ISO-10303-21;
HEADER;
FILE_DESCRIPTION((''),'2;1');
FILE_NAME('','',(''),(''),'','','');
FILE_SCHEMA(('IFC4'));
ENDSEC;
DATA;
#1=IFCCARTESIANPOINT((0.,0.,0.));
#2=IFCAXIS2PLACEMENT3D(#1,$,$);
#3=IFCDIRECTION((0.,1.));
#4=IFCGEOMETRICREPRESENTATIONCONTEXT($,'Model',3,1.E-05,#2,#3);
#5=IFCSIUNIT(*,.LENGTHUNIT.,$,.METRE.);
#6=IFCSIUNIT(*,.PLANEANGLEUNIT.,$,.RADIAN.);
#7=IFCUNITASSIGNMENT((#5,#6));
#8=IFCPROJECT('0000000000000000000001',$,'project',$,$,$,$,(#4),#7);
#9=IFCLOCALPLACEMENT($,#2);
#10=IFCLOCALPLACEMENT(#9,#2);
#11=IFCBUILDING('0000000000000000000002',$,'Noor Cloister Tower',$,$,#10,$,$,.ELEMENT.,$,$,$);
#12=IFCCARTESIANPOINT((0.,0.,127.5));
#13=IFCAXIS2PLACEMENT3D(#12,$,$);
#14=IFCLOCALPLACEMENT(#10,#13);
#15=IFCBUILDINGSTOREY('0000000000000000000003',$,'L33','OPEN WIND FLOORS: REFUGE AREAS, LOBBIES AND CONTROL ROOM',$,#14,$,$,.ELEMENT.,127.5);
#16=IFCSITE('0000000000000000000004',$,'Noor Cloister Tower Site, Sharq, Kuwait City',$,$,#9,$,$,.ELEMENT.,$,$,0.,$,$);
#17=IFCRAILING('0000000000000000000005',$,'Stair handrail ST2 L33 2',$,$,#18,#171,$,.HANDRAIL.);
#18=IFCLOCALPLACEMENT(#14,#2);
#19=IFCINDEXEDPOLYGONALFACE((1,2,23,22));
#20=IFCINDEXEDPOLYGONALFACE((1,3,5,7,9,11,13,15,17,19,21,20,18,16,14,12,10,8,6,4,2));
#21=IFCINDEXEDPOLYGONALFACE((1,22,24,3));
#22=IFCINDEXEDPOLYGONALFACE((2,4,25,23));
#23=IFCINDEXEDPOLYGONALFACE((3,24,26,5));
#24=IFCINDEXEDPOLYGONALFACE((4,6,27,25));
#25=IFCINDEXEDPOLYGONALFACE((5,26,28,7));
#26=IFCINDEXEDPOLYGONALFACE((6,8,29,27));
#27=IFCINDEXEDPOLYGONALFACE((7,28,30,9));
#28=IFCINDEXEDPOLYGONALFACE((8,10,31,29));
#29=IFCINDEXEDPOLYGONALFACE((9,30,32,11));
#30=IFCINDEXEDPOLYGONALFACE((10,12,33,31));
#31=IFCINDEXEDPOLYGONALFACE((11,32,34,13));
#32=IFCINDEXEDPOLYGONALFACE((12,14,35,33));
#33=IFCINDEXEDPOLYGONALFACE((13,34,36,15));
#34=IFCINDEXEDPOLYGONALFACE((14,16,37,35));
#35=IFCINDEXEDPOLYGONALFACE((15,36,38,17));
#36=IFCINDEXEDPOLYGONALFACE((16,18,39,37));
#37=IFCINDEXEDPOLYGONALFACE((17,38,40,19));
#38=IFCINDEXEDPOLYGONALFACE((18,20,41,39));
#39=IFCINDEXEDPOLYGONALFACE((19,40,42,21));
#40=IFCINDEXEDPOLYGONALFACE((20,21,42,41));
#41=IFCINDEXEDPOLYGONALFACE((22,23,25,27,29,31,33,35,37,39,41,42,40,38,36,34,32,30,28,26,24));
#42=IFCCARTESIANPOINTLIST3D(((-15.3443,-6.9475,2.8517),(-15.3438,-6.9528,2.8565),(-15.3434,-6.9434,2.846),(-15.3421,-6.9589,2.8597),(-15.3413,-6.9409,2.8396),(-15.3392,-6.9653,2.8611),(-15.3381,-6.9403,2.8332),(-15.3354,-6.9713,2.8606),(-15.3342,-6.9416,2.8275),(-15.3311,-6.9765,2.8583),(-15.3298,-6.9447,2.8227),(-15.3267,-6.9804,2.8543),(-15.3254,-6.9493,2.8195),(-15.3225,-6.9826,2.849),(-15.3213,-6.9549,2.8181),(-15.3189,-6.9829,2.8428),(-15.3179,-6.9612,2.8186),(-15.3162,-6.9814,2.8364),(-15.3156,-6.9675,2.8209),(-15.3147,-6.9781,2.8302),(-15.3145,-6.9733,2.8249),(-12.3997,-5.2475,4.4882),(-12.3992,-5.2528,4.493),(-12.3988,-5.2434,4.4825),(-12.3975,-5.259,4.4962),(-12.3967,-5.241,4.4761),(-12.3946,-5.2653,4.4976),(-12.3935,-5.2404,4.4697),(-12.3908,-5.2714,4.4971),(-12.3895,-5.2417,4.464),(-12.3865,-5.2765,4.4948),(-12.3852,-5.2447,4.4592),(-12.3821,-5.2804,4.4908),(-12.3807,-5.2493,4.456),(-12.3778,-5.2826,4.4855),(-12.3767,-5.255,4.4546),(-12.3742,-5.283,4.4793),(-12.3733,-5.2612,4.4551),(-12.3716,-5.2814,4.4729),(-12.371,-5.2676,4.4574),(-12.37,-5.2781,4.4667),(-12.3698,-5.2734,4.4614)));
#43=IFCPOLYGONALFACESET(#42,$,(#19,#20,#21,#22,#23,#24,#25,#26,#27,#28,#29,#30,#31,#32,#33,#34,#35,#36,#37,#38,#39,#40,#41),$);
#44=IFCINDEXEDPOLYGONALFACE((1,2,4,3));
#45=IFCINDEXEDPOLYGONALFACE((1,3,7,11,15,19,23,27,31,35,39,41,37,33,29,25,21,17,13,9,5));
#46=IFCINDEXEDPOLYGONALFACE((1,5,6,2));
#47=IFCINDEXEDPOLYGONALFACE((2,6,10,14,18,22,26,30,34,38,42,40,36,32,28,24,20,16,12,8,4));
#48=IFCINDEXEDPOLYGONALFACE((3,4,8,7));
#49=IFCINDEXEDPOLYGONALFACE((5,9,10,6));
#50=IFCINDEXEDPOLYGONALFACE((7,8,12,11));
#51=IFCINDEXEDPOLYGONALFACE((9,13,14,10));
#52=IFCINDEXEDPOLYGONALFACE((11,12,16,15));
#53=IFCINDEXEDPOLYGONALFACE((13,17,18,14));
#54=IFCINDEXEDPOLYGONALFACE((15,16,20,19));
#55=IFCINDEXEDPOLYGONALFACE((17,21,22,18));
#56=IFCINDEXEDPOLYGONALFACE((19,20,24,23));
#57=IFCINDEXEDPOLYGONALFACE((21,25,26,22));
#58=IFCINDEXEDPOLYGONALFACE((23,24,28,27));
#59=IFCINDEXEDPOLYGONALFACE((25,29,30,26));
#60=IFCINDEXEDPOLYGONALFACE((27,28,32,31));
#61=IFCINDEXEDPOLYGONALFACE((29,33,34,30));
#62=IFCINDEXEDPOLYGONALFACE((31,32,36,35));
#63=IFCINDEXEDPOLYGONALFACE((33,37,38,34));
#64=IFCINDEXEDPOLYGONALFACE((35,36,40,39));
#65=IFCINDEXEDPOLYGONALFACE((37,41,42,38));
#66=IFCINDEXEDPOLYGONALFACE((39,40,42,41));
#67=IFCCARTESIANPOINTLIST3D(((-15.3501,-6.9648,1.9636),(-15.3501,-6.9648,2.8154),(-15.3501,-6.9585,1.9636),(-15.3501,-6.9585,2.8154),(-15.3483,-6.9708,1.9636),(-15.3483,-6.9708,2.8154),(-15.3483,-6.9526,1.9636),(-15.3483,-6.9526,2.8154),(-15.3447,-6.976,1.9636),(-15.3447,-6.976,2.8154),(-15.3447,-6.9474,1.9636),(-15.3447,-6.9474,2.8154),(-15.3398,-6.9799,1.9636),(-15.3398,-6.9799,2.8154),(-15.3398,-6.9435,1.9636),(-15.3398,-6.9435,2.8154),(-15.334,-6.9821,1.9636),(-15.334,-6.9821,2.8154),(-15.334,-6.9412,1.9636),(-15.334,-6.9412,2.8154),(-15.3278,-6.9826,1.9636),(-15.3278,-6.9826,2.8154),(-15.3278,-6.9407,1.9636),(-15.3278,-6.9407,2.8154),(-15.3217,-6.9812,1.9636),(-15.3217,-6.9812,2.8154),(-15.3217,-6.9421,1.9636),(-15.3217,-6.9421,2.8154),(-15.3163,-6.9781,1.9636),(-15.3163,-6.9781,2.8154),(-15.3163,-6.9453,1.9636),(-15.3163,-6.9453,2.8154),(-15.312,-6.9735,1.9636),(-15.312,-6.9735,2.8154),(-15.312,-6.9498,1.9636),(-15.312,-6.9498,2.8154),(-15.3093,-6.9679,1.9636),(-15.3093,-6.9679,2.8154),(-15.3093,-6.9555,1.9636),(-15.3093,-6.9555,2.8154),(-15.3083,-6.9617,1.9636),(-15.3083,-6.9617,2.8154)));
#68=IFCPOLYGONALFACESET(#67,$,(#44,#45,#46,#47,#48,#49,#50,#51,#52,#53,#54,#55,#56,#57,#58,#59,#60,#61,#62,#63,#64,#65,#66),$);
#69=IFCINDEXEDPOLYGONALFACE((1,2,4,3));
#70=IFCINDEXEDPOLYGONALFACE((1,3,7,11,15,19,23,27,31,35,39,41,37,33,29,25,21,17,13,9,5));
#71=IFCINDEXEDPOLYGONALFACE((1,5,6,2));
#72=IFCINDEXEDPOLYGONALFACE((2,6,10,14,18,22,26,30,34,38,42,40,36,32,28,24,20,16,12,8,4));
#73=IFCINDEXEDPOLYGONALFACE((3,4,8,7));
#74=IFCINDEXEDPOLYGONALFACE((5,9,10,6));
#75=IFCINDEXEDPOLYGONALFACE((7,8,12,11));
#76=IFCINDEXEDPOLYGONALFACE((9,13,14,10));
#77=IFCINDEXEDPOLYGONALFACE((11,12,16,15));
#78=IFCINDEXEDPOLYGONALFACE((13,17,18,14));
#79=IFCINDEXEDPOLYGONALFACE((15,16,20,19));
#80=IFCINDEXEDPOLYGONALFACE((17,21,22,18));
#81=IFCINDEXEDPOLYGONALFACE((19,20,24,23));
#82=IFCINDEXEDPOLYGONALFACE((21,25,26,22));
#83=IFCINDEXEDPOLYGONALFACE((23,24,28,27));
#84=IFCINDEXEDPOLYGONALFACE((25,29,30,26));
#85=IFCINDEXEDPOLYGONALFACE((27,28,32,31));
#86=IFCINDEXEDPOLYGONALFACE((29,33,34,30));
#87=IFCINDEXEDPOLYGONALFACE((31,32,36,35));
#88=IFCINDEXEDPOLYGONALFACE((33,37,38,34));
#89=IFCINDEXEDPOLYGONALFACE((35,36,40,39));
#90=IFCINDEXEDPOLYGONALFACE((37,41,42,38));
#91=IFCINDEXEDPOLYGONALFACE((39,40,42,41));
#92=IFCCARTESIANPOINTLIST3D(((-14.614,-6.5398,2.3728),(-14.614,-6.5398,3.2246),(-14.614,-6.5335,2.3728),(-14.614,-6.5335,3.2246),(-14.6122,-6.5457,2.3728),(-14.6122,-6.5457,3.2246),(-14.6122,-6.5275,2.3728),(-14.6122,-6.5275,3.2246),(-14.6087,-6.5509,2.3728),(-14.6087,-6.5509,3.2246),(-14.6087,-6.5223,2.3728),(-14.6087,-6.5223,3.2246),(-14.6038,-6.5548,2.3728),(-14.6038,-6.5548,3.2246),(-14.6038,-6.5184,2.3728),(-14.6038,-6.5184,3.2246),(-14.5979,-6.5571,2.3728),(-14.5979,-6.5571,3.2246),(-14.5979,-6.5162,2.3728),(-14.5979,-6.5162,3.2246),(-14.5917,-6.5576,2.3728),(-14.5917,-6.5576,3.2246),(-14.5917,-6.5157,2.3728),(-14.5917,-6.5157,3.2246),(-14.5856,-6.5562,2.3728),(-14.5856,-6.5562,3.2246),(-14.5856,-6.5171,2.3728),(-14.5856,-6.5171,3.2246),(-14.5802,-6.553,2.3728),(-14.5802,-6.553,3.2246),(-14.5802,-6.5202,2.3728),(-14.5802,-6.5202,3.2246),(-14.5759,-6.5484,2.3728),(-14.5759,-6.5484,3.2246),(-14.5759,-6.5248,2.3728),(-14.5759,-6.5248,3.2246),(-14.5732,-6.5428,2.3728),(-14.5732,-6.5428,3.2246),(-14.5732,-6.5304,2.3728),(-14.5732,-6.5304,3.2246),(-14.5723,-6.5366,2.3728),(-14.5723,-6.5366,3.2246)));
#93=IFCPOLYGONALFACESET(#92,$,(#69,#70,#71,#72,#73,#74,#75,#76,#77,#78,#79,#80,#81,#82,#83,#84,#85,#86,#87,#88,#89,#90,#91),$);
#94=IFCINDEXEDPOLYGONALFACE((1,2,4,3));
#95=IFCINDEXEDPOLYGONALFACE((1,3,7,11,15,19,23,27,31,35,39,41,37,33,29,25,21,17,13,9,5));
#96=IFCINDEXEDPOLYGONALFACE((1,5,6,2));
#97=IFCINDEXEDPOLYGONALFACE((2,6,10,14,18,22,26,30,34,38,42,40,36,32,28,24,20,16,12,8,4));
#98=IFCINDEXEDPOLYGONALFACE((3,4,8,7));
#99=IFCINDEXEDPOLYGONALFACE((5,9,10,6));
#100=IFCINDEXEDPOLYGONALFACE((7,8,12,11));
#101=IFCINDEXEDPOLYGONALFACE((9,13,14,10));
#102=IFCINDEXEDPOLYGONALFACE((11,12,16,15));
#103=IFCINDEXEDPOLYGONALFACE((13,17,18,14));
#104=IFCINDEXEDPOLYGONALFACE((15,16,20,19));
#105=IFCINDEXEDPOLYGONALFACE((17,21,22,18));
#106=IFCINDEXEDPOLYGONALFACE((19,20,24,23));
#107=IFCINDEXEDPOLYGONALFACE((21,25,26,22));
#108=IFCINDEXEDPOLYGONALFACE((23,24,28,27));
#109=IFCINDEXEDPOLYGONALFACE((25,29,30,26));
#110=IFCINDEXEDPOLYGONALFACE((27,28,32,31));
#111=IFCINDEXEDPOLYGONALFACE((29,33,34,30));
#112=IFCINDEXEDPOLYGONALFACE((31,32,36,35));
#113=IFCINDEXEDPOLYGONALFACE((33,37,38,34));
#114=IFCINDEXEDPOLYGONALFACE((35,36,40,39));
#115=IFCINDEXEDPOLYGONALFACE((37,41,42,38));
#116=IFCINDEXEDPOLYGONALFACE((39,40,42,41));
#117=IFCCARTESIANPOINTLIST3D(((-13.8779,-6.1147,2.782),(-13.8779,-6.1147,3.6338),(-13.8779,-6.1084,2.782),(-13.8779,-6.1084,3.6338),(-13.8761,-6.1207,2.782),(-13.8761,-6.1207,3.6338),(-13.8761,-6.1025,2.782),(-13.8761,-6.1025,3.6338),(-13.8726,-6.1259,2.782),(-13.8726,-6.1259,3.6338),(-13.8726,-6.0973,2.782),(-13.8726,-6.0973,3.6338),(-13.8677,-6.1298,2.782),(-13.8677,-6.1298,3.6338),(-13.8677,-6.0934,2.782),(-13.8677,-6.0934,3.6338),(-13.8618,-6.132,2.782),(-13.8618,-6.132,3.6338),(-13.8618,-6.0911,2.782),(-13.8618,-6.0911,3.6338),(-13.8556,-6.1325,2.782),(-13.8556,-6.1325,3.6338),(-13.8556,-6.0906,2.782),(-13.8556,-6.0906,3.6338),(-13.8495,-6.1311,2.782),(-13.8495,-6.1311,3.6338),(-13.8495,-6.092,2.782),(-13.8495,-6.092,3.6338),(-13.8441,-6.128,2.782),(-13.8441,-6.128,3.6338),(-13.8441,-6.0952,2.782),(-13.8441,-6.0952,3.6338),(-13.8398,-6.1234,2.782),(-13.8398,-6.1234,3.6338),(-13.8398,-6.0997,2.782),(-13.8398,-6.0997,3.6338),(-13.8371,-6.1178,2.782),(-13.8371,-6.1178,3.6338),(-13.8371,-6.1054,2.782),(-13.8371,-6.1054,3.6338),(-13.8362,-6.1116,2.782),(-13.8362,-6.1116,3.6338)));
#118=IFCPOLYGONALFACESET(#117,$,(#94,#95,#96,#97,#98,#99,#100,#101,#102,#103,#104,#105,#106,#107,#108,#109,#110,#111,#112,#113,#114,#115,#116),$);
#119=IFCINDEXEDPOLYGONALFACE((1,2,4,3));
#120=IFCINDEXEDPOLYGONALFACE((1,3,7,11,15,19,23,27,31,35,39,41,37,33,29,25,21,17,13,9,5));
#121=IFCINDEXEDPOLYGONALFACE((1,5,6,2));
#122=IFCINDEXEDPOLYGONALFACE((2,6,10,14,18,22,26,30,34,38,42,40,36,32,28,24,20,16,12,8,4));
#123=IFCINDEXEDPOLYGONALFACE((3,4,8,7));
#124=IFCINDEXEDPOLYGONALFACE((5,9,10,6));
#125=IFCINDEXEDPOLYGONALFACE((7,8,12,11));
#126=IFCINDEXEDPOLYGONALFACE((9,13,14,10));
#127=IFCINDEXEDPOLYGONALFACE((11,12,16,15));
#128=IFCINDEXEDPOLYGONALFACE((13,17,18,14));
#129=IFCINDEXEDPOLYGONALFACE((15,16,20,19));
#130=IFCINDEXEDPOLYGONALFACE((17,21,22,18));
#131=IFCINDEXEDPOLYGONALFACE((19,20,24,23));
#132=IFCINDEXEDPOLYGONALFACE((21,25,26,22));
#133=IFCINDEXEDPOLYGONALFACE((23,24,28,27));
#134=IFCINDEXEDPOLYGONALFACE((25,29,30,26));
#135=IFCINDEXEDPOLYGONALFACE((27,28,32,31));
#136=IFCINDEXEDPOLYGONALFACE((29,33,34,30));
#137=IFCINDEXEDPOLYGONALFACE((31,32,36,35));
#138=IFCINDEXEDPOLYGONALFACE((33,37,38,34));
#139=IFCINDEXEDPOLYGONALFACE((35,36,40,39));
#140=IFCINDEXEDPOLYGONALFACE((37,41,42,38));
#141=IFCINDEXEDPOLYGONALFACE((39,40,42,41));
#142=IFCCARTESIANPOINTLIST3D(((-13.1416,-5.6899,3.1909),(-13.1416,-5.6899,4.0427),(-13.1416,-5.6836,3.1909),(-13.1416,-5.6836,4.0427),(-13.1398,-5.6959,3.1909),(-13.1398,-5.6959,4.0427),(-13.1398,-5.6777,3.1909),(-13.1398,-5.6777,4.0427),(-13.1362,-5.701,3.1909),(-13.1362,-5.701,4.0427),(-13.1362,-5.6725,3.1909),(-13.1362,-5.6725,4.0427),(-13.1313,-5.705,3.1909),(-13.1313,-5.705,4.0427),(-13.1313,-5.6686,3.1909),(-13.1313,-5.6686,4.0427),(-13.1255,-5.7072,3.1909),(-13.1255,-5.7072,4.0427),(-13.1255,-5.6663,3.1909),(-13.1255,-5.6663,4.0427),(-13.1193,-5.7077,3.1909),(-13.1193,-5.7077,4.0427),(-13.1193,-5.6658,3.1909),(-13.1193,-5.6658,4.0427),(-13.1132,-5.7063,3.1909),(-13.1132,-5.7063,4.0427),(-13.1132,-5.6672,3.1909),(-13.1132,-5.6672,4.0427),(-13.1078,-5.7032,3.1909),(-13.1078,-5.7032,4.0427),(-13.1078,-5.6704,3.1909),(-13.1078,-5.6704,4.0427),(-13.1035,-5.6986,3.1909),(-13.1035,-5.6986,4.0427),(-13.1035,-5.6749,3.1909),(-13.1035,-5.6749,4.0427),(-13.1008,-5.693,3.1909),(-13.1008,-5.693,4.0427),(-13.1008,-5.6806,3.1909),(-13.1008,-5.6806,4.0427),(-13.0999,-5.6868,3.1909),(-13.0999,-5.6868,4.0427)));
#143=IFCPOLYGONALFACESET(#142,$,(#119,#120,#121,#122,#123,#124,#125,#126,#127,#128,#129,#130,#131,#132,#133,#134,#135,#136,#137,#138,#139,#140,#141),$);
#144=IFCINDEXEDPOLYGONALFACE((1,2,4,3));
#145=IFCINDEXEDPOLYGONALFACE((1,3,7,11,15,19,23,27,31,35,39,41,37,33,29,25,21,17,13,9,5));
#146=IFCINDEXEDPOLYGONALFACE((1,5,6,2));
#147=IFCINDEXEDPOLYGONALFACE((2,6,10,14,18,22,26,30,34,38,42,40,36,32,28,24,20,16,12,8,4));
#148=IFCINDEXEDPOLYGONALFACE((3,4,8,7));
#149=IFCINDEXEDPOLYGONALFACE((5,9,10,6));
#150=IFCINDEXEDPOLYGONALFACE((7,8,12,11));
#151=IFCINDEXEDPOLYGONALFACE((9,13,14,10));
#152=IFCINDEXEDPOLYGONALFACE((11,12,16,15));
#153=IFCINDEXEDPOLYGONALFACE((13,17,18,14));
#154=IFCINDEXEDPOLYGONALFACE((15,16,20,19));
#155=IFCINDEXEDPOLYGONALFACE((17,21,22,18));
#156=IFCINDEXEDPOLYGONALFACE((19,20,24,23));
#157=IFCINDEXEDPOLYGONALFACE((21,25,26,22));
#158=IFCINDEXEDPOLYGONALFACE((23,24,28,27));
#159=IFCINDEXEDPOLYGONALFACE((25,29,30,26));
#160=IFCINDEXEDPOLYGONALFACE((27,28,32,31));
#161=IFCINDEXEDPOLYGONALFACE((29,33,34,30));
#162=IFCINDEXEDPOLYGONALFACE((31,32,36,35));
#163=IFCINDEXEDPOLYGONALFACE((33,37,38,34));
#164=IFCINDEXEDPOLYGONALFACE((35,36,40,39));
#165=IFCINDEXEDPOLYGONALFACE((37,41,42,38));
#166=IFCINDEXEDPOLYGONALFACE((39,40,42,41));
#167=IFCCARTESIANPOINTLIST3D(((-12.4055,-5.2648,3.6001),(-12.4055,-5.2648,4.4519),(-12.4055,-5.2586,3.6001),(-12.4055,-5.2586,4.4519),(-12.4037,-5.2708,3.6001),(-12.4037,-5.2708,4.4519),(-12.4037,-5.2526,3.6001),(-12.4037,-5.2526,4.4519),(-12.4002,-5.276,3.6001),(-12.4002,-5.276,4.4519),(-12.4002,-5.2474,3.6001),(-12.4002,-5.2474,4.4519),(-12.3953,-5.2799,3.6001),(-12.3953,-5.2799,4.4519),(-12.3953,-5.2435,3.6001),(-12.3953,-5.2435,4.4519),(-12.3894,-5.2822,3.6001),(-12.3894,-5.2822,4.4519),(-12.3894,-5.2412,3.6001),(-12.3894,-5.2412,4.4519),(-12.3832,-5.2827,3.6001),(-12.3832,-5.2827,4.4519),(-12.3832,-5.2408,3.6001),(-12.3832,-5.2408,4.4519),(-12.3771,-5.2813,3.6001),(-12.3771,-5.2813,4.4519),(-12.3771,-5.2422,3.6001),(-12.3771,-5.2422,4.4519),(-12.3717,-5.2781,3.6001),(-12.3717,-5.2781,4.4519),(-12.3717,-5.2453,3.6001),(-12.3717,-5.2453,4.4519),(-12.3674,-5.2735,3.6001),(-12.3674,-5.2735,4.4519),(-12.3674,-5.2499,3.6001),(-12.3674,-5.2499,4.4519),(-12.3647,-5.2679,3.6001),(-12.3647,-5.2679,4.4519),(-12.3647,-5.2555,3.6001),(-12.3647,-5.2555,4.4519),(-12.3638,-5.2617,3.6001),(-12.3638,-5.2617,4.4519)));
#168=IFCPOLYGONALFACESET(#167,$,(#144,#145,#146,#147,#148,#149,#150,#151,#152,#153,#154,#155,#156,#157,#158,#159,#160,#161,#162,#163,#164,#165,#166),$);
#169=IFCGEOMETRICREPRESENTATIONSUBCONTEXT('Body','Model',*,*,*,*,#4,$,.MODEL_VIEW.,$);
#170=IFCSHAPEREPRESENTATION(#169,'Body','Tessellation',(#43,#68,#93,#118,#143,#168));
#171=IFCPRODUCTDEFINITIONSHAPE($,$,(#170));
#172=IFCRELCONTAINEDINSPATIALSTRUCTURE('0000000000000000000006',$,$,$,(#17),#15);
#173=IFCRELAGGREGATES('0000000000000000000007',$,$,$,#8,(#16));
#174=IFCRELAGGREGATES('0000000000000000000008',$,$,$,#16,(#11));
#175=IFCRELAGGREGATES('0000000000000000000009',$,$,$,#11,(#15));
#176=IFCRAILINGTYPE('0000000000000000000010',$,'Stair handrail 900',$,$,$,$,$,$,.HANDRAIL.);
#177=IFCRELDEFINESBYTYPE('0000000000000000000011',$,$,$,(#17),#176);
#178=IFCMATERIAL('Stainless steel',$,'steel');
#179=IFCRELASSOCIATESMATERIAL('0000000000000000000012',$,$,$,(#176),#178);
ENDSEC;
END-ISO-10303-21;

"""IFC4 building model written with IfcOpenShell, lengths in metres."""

from ifc_helpers import new_model, si_unit, direction, frame, origin, origin_2d, place, context, subcontext, project, spatial, circle, extrude, material, type_object, element, save


model = new_model("IFC4")

# Units and contexts
model_context = context("Model", 3, precision=1e-05, world=origin(), true_north=direction((0.0, 1.0)))
body_context = subcontext(model_context, "Body", "Model", "MODEL_VIEW")
ifc_project = project(units=[si_unit("LENGTHUNIT", "METRE"), si_unit("PLANEANGLEUNIT", "RADIAN")], contexts=[model_context])

# Site, building, storey
site_placement = place(None, origin())
site = spatial("IfcSite", under=ifc_project, at=site_placement, Name="Noor Cloister Tower Site, Sharq, Kuwait City", CompositionType="ELEMENT", RefElevation=0.0)
building_placement = place(site_placement, origin())
building = spatial("IfcBuilding", under=site, at=building_placement, Name="Noor Cloister Tower", CompositionType="ELEMENT")
storey_placement = place(building_placement, frame((0.0, 0.0, 127.5)))
storey = spatial("IfcBuildingStorey", under=building, at=storey_placement, Name="L33", Description="OPEN WIND FLOORS: REFUGE AREAS, LOBBIES AND CONTROL ROOM", CompositionType="ELEMENT", Elevation=127.5)

# Railing
ifc_material_1 = material(Name="Stainless steel", Category="steel")
railing_type_1 = type_object("IfcRailingType", Name="Stair handrail 900", PredefinedType="HANDRAIL", material=ifc_material_1)
railing_1_placement = place(storey_placement, frame((-15.3293, -6.9617, 1.9636)))
element("IfcRailing", 1, at=railing_1_placement, inside=storey, type_object=railing_type_1, Name="Stair handrail ST2 L33 2", PredefinedType="HANDRAIL", context=body_context, shape_type="SweptSolid", body=[
    extrude(circle(Radius=0.0239, at=origin_2d()), frame((0.0, 0.0, 0.876), z_axis=(0.780355, 0.450511, 0.433689), x_axis=(-0.499977, 0.866039, 0.0)), (0.0, 0.0, 1.0), 3.7734),
    extrude(circle(Radius=0.021, at=origin_2d()), origin(), (0.0, 0.0, 1.0), 0.8518),
    extrude(circle(Radius=0.021, at=origin_2d()), frame((0.7361, 0.425, 0.4092)), (0.0, 0.0, 1.0), 0.8518),
    extrude(circle(Radius=0.021, at=origin_2d()), frame((1.4722, 0.8501, 0.8184)), (0.0, 0.0, 1.0), 0.8518),
    extrude(circle(Radius=0.021, at=origin_2d()), frame((2.2085, 1.2749, 1.2273)), (0.0, 0.0, 1.0), 0.8518),
    extrude(circle(Radius=0.021, at=origin_2d()), frame((2.9446, 1.7, 1.6365)), (0.0, 0.0, 1.0), 0.8518),
])

save(model, "model.ifc")
